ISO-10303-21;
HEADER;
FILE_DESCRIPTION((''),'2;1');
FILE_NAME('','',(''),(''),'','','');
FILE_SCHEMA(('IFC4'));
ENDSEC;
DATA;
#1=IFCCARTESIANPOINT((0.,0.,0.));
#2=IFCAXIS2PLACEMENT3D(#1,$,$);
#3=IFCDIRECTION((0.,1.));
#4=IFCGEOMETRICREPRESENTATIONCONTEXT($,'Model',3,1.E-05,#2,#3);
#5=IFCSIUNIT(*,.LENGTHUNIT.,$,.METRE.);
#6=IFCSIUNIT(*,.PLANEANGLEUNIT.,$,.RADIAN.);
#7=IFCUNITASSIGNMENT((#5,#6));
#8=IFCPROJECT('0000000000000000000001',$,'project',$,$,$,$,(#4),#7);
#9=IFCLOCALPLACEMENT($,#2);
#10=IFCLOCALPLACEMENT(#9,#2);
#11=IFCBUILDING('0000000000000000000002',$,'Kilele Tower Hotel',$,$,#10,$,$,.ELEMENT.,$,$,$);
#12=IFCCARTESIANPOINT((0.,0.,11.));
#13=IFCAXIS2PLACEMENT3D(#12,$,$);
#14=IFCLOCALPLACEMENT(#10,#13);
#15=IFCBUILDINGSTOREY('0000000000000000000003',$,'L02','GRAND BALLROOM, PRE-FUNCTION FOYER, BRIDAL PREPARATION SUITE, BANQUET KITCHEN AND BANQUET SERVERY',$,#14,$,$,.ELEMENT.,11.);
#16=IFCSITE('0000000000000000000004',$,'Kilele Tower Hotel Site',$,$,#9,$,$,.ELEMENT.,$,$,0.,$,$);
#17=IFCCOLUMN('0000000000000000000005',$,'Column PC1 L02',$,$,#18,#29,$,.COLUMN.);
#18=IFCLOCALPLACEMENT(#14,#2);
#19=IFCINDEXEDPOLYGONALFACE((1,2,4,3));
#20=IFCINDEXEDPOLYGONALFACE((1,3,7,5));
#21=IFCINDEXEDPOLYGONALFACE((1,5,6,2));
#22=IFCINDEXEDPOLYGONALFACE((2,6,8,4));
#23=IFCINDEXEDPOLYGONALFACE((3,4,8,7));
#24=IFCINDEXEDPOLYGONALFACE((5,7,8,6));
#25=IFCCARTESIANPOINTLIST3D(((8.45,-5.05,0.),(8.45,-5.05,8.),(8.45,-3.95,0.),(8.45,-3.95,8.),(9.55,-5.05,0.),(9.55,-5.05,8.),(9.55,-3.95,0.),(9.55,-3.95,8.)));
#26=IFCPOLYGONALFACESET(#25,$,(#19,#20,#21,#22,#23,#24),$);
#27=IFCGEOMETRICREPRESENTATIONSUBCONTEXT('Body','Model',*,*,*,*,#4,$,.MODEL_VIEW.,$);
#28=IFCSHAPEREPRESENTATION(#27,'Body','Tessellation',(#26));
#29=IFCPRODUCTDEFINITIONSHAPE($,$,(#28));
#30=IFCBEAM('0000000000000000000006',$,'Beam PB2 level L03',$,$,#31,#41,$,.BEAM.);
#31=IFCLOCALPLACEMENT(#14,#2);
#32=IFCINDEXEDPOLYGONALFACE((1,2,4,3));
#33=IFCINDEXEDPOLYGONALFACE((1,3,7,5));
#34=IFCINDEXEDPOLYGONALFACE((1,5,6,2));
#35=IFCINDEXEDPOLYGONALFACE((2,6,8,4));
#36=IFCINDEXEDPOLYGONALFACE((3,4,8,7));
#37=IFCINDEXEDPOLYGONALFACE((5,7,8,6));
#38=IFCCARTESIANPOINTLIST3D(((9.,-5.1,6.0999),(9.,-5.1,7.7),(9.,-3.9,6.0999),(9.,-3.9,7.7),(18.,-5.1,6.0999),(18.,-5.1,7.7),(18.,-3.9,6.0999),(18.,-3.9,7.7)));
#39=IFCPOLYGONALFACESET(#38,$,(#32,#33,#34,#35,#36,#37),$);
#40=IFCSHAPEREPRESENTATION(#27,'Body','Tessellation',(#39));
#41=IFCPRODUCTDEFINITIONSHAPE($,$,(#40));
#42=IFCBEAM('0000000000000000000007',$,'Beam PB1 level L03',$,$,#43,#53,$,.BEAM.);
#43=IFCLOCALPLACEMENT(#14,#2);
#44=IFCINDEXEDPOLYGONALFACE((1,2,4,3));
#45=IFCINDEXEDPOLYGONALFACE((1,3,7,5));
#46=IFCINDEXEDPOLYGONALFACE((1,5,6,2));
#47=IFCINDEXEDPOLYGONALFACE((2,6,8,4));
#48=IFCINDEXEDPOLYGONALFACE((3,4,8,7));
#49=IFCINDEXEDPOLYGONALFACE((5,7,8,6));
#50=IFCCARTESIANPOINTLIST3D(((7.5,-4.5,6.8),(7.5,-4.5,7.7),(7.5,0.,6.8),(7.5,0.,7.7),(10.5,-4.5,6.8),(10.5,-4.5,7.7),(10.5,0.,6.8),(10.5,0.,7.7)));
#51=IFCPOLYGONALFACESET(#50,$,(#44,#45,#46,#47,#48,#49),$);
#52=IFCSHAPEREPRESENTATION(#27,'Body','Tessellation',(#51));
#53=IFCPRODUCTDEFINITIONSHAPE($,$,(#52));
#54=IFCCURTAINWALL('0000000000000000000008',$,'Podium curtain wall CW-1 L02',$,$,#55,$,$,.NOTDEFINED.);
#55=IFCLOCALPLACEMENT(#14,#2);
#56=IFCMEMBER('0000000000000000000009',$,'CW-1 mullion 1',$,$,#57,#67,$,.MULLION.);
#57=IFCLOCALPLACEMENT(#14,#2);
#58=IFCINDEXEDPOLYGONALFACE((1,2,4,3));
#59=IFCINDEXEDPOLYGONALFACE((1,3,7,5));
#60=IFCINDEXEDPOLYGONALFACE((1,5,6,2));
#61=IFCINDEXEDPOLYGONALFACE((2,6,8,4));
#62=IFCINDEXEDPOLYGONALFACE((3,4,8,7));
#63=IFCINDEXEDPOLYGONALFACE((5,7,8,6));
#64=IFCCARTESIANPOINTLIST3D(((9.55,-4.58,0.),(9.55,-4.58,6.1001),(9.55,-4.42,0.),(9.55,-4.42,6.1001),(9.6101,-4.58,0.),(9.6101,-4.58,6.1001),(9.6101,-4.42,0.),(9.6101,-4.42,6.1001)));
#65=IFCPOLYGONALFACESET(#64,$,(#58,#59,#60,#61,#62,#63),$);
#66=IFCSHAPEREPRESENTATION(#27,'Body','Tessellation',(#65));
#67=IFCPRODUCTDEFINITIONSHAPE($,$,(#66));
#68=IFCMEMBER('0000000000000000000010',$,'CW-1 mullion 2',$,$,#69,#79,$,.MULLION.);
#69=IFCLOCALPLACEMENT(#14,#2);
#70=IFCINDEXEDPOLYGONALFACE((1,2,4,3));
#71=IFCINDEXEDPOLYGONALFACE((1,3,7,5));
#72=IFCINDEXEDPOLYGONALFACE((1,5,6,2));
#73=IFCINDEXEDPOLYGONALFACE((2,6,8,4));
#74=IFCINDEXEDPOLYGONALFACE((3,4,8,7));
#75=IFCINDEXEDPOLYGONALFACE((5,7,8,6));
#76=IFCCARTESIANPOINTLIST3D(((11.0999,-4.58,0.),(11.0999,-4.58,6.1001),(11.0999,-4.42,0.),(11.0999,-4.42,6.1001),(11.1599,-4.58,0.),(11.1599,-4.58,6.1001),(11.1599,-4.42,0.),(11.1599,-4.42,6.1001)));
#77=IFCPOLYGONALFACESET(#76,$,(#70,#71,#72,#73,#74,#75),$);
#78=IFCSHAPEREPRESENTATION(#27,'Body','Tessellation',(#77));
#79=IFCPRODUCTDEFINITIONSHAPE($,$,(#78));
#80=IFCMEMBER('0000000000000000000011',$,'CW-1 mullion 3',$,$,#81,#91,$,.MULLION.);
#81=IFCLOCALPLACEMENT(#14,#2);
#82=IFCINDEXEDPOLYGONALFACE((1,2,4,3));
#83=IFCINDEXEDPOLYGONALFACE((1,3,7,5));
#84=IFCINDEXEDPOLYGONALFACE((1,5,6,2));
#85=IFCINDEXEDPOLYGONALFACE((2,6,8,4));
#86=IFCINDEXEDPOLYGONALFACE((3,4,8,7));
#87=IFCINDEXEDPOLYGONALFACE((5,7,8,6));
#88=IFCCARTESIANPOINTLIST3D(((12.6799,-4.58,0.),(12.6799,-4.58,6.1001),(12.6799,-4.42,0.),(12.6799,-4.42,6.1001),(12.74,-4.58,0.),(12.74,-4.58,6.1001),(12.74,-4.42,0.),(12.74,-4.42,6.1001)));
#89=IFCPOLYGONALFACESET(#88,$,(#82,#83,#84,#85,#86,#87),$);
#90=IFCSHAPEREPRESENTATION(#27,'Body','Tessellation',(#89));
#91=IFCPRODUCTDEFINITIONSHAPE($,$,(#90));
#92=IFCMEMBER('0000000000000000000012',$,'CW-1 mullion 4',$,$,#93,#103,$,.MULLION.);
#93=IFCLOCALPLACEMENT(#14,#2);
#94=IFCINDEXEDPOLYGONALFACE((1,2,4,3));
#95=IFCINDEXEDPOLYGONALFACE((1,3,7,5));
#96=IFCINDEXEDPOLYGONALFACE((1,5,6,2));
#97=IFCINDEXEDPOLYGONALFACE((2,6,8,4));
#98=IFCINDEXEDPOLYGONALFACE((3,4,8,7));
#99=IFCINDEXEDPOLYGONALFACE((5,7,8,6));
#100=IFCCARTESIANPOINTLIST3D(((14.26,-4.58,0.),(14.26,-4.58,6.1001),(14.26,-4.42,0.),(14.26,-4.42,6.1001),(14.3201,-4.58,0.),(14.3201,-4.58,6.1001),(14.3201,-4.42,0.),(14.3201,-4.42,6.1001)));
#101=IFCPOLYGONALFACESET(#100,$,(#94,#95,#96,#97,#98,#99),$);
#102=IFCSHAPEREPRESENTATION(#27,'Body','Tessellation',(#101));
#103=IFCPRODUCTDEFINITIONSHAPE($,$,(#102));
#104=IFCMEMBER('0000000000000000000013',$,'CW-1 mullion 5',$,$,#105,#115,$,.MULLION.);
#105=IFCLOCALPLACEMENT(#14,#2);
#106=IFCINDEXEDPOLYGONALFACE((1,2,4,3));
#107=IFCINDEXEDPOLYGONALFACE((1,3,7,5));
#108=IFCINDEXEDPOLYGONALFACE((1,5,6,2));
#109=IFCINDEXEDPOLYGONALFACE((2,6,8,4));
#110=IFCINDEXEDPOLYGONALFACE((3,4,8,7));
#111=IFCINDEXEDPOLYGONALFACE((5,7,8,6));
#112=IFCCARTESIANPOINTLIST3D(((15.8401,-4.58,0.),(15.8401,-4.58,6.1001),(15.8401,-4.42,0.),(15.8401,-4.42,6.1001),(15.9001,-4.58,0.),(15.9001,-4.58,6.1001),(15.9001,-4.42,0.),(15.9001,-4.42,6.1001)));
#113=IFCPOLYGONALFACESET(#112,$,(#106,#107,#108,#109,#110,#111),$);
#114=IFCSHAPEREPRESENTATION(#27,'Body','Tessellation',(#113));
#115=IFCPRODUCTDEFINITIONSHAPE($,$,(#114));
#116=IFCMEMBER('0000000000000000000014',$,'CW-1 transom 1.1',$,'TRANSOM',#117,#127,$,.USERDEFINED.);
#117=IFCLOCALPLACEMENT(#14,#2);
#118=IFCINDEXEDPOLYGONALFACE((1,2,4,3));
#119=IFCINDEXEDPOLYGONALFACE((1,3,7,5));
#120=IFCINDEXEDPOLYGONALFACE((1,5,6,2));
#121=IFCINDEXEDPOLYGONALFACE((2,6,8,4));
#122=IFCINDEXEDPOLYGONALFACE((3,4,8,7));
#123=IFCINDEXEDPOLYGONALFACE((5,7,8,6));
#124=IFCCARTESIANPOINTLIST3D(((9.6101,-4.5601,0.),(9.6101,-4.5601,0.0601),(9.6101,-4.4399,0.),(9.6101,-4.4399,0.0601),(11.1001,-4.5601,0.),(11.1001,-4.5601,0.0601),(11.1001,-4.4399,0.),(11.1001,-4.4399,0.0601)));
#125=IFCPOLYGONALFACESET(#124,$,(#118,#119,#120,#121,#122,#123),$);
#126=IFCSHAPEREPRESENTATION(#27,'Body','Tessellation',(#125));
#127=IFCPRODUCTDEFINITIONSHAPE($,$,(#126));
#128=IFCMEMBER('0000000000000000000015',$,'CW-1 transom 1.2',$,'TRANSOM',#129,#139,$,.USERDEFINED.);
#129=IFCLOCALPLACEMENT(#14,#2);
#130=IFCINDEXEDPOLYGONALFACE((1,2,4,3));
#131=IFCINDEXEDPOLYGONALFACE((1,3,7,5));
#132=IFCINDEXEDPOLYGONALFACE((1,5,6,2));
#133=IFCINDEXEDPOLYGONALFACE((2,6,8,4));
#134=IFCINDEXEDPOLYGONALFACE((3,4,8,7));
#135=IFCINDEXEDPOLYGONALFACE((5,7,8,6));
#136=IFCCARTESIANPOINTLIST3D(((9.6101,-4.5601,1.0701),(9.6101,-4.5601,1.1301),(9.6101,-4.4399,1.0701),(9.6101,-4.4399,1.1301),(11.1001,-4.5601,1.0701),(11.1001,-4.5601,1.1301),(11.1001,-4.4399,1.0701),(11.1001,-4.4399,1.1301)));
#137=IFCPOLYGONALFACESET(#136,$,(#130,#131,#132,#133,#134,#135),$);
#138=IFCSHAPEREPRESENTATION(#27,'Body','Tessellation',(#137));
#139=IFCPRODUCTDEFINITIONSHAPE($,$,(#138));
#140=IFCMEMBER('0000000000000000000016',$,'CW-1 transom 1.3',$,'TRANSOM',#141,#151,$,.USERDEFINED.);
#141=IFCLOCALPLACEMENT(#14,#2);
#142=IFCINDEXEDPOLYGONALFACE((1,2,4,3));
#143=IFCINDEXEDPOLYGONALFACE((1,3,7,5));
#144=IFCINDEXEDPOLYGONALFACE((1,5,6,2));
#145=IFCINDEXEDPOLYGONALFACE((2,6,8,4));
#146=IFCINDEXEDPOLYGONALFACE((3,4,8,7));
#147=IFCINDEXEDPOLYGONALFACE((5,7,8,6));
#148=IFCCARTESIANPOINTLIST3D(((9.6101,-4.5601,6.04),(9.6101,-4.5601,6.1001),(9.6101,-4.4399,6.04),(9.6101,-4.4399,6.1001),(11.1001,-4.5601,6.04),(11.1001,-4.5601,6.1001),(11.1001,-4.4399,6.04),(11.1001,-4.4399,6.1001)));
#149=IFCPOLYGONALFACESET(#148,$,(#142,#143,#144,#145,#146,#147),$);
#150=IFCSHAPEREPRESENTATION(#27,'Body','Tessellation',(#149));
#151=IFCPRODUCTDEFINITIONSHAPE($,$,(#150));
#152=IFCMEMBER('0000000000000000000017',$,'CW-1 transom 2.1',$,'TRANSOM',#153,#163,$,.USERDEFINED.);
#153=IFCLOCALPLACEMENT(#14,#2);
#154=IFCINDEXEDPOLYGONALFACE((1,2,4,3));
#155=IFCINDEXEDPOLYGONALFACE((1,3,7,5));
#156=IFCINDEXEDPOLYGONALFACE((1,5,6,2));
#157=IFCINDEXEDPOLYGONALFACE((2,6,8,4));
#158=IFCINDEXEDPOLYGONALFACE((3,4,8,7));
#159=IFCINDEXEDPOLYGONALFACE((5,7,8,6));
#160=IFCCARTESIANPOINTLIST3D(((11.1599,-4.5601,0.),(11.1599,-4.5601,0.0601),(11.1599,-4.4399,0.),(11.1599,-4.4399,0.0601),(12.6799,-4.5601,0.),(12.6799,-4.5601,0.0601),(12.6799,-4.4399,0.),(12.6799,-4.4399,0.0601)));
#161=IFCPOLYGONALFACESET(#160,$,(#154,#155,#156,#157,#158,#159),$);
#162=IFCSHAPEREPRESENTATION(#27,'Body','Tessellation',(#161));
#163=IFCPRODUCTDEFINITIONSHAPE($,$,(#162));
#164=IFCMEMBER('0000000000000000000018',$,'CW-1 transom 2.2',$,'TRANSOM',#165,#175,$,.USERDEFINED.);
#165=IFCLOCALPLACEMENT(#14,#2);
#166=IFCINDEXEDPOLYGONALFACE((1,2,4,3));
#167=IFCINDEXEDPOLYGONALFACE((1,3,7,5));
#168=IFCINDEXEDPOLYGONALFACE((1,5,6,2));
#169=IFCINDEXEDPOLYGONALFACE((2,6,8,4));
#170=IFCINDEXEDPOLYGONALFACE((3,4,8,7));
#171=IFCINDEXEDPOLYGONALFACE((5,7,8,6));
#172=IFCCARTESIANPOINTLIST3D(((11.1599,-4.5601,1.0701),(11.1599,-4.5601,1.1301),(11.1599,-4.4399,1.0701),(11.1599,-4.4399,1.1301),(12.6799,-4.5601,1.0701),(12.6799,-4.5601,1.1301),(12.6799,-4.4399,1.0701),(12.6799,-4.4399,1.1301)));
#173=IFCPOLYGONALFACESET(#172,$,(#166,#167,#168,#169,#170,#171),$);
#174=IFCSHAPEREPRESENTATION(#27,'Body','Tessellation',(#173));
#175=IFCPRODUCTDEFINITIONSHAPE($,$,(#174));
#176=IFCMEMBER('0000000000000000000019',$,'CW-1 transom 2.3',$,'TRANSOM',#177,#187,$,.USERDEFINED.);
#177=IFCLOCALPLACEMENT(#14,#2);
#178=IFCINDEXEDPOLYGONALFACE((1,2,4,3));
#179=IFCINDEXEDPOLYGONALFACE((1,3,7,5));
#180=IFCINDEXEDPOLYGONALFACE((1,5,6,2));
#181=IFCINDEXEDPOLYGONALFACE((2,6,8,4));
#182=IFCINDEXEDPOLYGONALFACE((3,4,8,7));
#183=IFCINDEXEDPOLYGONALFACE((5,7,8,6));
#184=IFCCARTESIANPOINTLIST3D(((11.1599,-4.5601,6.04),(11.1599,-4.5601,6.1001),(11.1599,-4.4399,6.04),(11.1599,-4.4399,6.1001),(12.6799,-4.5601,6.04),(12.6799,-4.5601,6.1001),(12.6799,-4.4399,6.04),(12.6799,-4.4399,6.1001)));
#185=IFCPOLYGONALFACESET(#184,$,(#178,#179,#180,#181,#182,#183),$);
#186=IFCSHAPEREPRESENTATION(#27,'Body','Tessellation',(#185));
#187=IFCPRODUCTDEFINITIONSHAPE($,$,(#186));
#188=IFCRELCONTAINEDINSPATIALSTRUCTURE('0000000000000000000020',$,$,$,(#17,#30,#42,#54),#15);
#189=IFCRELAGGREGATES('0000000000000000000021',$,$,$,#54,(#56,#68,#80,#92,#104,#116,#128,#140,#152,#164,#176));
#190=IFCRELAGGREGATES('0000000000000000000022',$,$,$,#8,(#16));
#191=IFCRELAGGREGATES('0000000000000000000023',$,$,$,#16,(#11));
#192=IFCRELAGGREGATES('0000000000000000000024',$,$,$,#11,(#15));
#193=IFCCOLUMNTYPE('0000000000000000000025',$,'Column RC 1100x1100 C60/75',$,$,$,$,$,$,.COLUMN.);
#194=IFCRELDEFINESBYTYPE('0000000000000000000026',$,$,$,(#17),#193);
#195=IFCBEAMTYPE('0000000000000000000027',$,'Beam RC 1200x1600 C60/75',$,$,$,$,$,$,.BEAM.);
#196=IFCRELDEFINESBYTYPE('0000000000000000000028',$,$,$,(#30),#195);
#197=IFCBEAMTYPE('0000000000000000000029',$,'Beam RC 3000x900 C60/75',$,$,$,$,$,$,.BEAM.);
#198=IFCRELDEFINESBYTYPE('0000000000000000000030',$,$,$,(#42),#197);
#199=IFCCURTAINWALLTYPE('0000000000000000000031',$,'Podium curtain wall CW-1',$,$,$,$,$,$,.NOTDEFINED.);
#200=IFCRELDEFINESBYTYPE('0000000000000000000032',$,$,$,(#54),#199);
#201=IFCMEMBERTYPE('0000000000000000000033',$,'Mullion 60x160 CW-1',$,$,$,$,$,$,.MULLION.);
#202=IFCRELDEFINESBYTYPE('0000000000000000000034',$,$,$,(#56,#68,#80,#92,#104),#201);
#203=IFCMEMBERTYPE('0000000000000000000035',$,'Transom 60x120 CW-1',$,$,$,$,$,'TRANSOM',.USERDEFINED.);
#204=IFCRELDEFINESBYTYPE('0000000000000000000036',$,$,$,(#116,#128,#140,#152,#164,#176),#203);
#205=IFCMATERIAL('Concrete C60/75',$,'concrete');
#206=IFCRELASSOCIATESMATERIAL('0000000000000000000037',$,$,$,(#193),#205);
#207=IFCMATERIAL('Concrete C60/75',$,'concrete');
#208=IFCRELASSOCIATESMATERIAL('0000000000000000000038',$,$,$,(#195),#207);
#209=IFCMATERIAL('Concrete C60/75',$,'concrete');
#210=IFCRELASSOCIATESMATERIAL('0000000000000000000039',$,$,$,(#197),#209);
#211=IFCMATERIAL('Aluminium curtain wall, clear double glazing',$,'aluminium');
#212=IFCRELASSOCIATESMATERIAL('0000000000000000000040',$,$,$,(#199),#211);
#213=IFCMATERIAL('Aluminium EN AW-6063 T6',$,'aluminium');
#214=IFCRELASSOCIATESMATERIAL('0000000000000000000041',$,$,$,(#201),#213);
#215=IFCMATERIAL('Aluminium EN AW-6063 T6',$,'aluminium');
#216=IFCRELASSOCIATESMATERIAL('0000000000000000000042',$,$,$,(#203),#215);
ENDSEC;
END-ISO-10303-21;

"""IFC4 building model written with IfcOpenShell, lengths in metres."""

from ifc_helpers import new_model, si_unit, direction, frame, origin, origin_2d, place, context, subcontext, project, spatial, rectangle, extrude, material, material_profile, profile_set, type_object, element, aggregate, save


model = new_model("IFC4")

# Units and contexts
model_context = context("Model", 3, precision=1e-05, world=origin(), true_north=direction((0.0, 1.0)))
body_context = subcontext(model_context, "Body", "Model", "MODEL_VIEW")
ifc_project = project(units=[si_unit("LENGTHUNIT", "METRE"), si_unit("PLANEANGLEUNIT", "RADIAN")], contexts=[model_context])

# Site, building, storey
site_placement = place(None, origin())
site = spatial("IfcSite", under=ifc_project, at=site_placement, Name="Kilele Tower Hotel Site", CompositionType="ELEMENT", RefElevation=0.0)
building_placement = place(site_placement, origin())
building = spatial("IfcBuilding", under=site, at=building_placement, Name="Kilele Tower Hotel", CompositionType="ELEMENT")
storey_placement = place(building_placement, frame((0.0, 0.0, 11.0)))
storey = spatial("IfcBuildingStorey", under=building, at=storey_placement, Name="L02", Description="GRAND BALLROOM, PRE-FUNCTION FOYER, BRIDAL PREPARATION SUITE, BANQUET KITCHEN AND BANQUET SERVERY", CompositionType="ELEMENT", Elevation=11.0)

# Column
ifc_material_1 = material(Name="Concrete C60/75", Category="concrete")
ifc_material_profile_1 = material_profile(ifc_material_1, rectangle(XDim=1.1001, YDim=1.1001, at=origin_2d()))
ifc_profile_set_1 = profile_set([ifc_material_profile_1], Name="Concrete C60/75")
column_type = type_object("IfcColumnType", Name="Column RC 1100x1100 C60/75", PredefinedType="COLUMN", material=ifc_profile_set_1)
column_placement = place(storey_placement, frame((9.0, -4.5, 0.0), z_axis=(0.0, 0.0, 1.0), x_axis=(1.0, 0.0, 0.0)))
element("IfcColumn", 1, at=column_placement, inside=storey, type_object=column_type, Name="Column PC1 L02", PredefinedType="COLUMN", context=body_context, shape_type="SweptSolid", body=[
    extrude(rectangle(XDim=1.1001, YDim=1.1001, at=origin_2d()), origin(), (0.0, 0.0, 1.0), 8.0),
])

# Beams
ifc_material_2 = material(Name="Concrete C60/75", Category="concrete")
ifc_material_profile_2 = material_profile(ifc_material_2, rectangle(XDim=1.2, YDim=1.6001, at=origin_2d()))
ifc_profile_set_2 = profile_set([ifc_material_profile_2], Name="Concrete C60/75")
beam_type_1 = type_object("IfcBeamType", Name="Beam RC 1200x1600 C60/75", PredefinedType="BEAM", material=ifc_profile_set_2)
beam_1_placement = place(storey_placement, frame((9.0, -4.5, 6.8999), z_axis=(1.0, 0.0, 0.0), x_axis=(0.0, 1.0, 0.0)))
element("IfcBeam", 2, at=beam_1_placement, inside=storey, type_object=beam_type_1, Name="Beam PB2 level L03", PredefinedType="BEAM", context=body_context, shape_type="SweptSolid", body=[
    extrude(rectangle(XDim=1.2, YDim=1.6001, at=origin_2d()), origin(), (0.0, 0.0, 1.0), 9.0),
])
ifc_material_3 = material(Name="Concrete C60/75", Category="concrete")
ifc_material_profile_3 = material_profile(ifc_material_3, rectangle(XDim=3.0, YDim=0.8999, at=origin_2d()))
ifc_profile_set_3 = profile_set([ifc_material_profile_3], Name="Concrete C60/75")
beam_type_2 = type_object("IfcBeamType", Name="Beam RC 3000x900 C60/75", PredefinedType="BEAM", material=ifc_profile_set_3)
beam_2_placement = place(storey_placement, frame((9.0, -4.5, 7.25), z_axis=(0.0, 1.0, 0.0), x_axis=(-1.0, 0.0, 0.0)))
element("IfcBeam", 3, at=beam_2_placement, inside=storey, type_object=beam_type_2, Name="Beam PB1 level L03", PredefinedType="BEAM", context=body_context, shape_type="SweptSolid", body=[
    extrude(rectangle(XDim=3.0, YDim=0.8999, at=origin_2d()), origin(), (0.0, 0.0, 1.0), 4.5),
])

# Curtain wall, members
ifc_material_4 = material(Name="Aluminium curtain wall, clear double glazing", Category="aluminium")
curtain_wall_type = type_object("IfcCurtainWallType", Name="Podium curtain wall CW-1", PredefinedType="NOTDEFINED", material=ifc_material_4)
curtain_wall_placement = place(storey_placement, origin())
curtain_wall = element("IfcCurtainWall", 4, at=curtain_wall_placement, inside=storey, type_object=curtain_wall_type, Name="Podium curtain wall CW-1 L02", PredefinedType="NOTDEFINED")
ifc_material_5 = material(Name="Aluminium EN AW-6063 T6", Category="aluminium")
ifc_material_profile_4 = material_profile(ifc_material_5, rectangle(XDim=0.1599, YDim=0.0601, at=origin_2d()))
ifc_profile_set_4 = profile_set([ifc_material_profile_4], Name="Aluminium EN AW-6063 T6")
member_type_1 = type_object("IfcMemberType", Name="Mullion 60x160 CW-1", PredefinedType="MULLION", material=ifc_profile_set_4)
member_1_placement = place(storey_placement, frame((9.5801, -4.5, 0.0), z_axis=(0.0, 0.0, 1.0), x_axis=(0.0, 1.0, 0.0)))
member_1 = element("IfcMember", 5, at=member_1_placement, type_object=member_type_1, Name="CW-1 mullion 1", PredefinedType="MULLION", context=body_context, shape_type="SweptSolid", body=[
    extrude(rectangle(XDim=0.1599, YDim=0.0601, at=origin_2d()), origin(), (0.0, 0.0, 1.0), 6.1001),
])
member_2_placement = place(storey_placement, frame((11.1299, -4.5, 0.0), z_axis=(0.0, 0.0, 1.0), x_axis=(0.0, 1.0, 0.0)))
member_2 = element("IfcMember", 6, at=member_2_placement, type_object=member_type_1, Name="CW-1 mullion 2", PredefinedType="MULLION", context=body_context, shape_type="SweptSolid", body=[
    extrude(rectangle(XDim=0.1599, YDim=0.0601, at=origin_2d()), origin(), (0.0, 0.0, 1.0), 6.1001),
])
member_3_placement = place(storey_placement, frame((12.71, -4.5, 0.0), z_axis=(0.0, 0.0, 1.0), x_axis=(0.0, 1.0, 0.0)))
member_3 = element("IfcMember", 7, at=member_3_placement, type_object=member_type_1, Name="CW-1 mullion 3", PredefinedType="MULLION", context=body_context, shape_type="SweptSolid", body=[
    extrude(rectangle(XDim=0.1599, YDim=0.0601, at=origin_2d()), origin(), (0.0, 0.0, 1.0), 6.1001),
])
member_4_placement = place(storey_placement, frame((14.29, -4.5, 0.0), z_axis=(0.0, 0.0, 1.0), x_axis=(0.0, 1.0, 0.0)))
member_4 = element("IfcMember", 8, at=member_4_placement, type_object=member_type_1, Name="CW-1 mullion 4", PredefinedType="MULLION", context=body_context, shape_type="SweptSolid", body=[
    extrude(rectangle(XDim=0.1599, YDim=0.0601, at=origin_2d()), origin(), (0.0, 0.0, 1.0), 6.1001),
])
member_5_placement = place(storey_placement, frame((15.8701, -4.5, 0.0), z_axis=(0.0, 0.0, 1.0), x_axis=(0.0, 1.0, 0.0)))
member_5 = element("IfcMember", 9, at=member_5_placement, type_object=member_type_1, Name="CW-1 mullion 5", PredefinedType="MULLION", context=body_context, shape_type="SweptSolid", body=[
    extrude(rectangle(XDim=0.1599, YDim=0.0601, at=origin_2d()), origin(), (0.0, 0.0, 1.0), 6.1001),
])
ifc_material_6 = material(Name="Aluminium EN AW-6063 T6", Category="aluminium")
ifc_material_profile_5 = material_profile(ifc_material_6, rectangle(XDim=0.1201, YDim=0.0601, at=origin_2d()))
ifc_profile_set_5 = profile_set([ifc_material_profile_5], Name="Aluminium EN AW-6063 T6")
member_type_2 = type_object("IfcMemberType", Name="Transom 60x120 CW-1", ElementType="TRANSOM", PredefinedType="USERDEFINED", material=ifc_profile_set_5)
member_6_placement = place(storey_placement, frame((9.6101, -4.5, 0.03), z_axis=(1.0, 0.0, 0.0), x_axis=(0.0, 1.0, 0.0)))
member_6 = element("IfcMember", 10, at=member_6_placement, type_object=member_type_2, Name="CW-1 transom 1.1", ObjectType="TRANSOM", PredefinedType="USERDEFINED", context=body_context, shape_type="SweptSolid", body=[
    extrude(rectangle(XDim=0.1201, YDim=0.0601, at=origin_2d()), origin(), (0.0, 0.0, 1.0), 1.49),
])
member_7_placement = place(storey_placement, frame((9.6101, -4.5, 1.1001), z_axis=(1.0, 0.0, 0.0), x_axis=(0.0, 1.0, 0.0)))
member_7 = element("IfcMember", 11, at=member_7_placement, type_object=member_type_2, Name="CW-1 transom 1.2", ObjectType="TRANSOM", PredefinedType="USERDEFINED", context=body_context, shape_type="SweptSolid", body=[
    extrude(rectangle(XDim=0.1201, YDim=0.0601, at=origin_2d()), origin(), (0.0, 0.0, 1.0), 1.49),
])
member_8_placement = place(storey_placement, frame((9.6101, -4.5, 6.0701), z_axis=(1.0, 0.0, 0.0), x_axis=(0.0, 1.0, 0.0)))
member_8 = element("IfcMember", 12, at=member_8_placement, type_object=member_type_2, Name="CW-1 transom 1.3", ObjectType="TRANSOM", PredefinedType="USERDEFINED", context=body_context, shape_type="SweptSolid", body=[
    extrude(rectangle(XDim=0.1201, YDim=0.0601, at=origin_2d()), origin(), (0.0, 0.0, 1.0), 1.49),
])
member_9_placement = place(storey_placement, frame((11.1599, -4.5, 0.03), z_axis=(1.0, 0.0, 0.0), x_axis=(0.0, 1.0, 0.0)))
member_9 = element("IfcMember", 13, at=member_9_placement, type_object=member_type_2, Name="CW-1 transom 2.1", ObjectType="TRANSOM", PredefinedType="USERDEFINED", context=body_context, shape_type="SweptSolid", body=[
    extrude(rectangle(XDim=0.1201, YDim=0.0601, at=origin_2d()), origin(), (0.0, 0.0, 1.0), 1.52),
])
member_10_placement = place(storey_placement, frame((11.1599, -4.5, 1.1001), z_axis=(1.0, 0.0, 0.0), x_axis=(0.0, 1.0, 0.0)))
member_10 = element("IfcMember", 14, at=member_10_placement, type_object=member_type_2, Name="CW-1 transom 2.2", ObjectType="TRANSOM", PredefinedType="USERDEFINED", context=body_context, shape_type="SweptSolid", body=[
    extrude(rectangle(XDim=0.1201, YDim=0.0601, at=origin_2d()), origin(), (0.0, 0.0, 1.0), 1.52),
])
member_11_placement = place(storey_placement, frame((11.1599, -4.5, 6.0701), z_axis=(1.0, 0.0, 0.0), x_axis=(0.0, 1.0, 0.0)))
member_11 = element("IfcMember", 15, at=member_11_placement, type_object=member_type_2, Name="CW-1 transom 2.3", ObjectType="TRANSOM", PredefinedType="USERDEFINED", context=body_context, shape_type="SweptSolid", body=[
    extrude(rectangle(XDim=0.1201, YDim=0.0601, at=origin_2d()), origin(), (0.0, 0.0, 1.0), 1.52),
])
aggregate(curtain_wall, [member_1, member_2, member_3, member_4, member_5, member_6, member_7, member_8, member_9, member_10, member_11])

save(model, "model.ifc")
